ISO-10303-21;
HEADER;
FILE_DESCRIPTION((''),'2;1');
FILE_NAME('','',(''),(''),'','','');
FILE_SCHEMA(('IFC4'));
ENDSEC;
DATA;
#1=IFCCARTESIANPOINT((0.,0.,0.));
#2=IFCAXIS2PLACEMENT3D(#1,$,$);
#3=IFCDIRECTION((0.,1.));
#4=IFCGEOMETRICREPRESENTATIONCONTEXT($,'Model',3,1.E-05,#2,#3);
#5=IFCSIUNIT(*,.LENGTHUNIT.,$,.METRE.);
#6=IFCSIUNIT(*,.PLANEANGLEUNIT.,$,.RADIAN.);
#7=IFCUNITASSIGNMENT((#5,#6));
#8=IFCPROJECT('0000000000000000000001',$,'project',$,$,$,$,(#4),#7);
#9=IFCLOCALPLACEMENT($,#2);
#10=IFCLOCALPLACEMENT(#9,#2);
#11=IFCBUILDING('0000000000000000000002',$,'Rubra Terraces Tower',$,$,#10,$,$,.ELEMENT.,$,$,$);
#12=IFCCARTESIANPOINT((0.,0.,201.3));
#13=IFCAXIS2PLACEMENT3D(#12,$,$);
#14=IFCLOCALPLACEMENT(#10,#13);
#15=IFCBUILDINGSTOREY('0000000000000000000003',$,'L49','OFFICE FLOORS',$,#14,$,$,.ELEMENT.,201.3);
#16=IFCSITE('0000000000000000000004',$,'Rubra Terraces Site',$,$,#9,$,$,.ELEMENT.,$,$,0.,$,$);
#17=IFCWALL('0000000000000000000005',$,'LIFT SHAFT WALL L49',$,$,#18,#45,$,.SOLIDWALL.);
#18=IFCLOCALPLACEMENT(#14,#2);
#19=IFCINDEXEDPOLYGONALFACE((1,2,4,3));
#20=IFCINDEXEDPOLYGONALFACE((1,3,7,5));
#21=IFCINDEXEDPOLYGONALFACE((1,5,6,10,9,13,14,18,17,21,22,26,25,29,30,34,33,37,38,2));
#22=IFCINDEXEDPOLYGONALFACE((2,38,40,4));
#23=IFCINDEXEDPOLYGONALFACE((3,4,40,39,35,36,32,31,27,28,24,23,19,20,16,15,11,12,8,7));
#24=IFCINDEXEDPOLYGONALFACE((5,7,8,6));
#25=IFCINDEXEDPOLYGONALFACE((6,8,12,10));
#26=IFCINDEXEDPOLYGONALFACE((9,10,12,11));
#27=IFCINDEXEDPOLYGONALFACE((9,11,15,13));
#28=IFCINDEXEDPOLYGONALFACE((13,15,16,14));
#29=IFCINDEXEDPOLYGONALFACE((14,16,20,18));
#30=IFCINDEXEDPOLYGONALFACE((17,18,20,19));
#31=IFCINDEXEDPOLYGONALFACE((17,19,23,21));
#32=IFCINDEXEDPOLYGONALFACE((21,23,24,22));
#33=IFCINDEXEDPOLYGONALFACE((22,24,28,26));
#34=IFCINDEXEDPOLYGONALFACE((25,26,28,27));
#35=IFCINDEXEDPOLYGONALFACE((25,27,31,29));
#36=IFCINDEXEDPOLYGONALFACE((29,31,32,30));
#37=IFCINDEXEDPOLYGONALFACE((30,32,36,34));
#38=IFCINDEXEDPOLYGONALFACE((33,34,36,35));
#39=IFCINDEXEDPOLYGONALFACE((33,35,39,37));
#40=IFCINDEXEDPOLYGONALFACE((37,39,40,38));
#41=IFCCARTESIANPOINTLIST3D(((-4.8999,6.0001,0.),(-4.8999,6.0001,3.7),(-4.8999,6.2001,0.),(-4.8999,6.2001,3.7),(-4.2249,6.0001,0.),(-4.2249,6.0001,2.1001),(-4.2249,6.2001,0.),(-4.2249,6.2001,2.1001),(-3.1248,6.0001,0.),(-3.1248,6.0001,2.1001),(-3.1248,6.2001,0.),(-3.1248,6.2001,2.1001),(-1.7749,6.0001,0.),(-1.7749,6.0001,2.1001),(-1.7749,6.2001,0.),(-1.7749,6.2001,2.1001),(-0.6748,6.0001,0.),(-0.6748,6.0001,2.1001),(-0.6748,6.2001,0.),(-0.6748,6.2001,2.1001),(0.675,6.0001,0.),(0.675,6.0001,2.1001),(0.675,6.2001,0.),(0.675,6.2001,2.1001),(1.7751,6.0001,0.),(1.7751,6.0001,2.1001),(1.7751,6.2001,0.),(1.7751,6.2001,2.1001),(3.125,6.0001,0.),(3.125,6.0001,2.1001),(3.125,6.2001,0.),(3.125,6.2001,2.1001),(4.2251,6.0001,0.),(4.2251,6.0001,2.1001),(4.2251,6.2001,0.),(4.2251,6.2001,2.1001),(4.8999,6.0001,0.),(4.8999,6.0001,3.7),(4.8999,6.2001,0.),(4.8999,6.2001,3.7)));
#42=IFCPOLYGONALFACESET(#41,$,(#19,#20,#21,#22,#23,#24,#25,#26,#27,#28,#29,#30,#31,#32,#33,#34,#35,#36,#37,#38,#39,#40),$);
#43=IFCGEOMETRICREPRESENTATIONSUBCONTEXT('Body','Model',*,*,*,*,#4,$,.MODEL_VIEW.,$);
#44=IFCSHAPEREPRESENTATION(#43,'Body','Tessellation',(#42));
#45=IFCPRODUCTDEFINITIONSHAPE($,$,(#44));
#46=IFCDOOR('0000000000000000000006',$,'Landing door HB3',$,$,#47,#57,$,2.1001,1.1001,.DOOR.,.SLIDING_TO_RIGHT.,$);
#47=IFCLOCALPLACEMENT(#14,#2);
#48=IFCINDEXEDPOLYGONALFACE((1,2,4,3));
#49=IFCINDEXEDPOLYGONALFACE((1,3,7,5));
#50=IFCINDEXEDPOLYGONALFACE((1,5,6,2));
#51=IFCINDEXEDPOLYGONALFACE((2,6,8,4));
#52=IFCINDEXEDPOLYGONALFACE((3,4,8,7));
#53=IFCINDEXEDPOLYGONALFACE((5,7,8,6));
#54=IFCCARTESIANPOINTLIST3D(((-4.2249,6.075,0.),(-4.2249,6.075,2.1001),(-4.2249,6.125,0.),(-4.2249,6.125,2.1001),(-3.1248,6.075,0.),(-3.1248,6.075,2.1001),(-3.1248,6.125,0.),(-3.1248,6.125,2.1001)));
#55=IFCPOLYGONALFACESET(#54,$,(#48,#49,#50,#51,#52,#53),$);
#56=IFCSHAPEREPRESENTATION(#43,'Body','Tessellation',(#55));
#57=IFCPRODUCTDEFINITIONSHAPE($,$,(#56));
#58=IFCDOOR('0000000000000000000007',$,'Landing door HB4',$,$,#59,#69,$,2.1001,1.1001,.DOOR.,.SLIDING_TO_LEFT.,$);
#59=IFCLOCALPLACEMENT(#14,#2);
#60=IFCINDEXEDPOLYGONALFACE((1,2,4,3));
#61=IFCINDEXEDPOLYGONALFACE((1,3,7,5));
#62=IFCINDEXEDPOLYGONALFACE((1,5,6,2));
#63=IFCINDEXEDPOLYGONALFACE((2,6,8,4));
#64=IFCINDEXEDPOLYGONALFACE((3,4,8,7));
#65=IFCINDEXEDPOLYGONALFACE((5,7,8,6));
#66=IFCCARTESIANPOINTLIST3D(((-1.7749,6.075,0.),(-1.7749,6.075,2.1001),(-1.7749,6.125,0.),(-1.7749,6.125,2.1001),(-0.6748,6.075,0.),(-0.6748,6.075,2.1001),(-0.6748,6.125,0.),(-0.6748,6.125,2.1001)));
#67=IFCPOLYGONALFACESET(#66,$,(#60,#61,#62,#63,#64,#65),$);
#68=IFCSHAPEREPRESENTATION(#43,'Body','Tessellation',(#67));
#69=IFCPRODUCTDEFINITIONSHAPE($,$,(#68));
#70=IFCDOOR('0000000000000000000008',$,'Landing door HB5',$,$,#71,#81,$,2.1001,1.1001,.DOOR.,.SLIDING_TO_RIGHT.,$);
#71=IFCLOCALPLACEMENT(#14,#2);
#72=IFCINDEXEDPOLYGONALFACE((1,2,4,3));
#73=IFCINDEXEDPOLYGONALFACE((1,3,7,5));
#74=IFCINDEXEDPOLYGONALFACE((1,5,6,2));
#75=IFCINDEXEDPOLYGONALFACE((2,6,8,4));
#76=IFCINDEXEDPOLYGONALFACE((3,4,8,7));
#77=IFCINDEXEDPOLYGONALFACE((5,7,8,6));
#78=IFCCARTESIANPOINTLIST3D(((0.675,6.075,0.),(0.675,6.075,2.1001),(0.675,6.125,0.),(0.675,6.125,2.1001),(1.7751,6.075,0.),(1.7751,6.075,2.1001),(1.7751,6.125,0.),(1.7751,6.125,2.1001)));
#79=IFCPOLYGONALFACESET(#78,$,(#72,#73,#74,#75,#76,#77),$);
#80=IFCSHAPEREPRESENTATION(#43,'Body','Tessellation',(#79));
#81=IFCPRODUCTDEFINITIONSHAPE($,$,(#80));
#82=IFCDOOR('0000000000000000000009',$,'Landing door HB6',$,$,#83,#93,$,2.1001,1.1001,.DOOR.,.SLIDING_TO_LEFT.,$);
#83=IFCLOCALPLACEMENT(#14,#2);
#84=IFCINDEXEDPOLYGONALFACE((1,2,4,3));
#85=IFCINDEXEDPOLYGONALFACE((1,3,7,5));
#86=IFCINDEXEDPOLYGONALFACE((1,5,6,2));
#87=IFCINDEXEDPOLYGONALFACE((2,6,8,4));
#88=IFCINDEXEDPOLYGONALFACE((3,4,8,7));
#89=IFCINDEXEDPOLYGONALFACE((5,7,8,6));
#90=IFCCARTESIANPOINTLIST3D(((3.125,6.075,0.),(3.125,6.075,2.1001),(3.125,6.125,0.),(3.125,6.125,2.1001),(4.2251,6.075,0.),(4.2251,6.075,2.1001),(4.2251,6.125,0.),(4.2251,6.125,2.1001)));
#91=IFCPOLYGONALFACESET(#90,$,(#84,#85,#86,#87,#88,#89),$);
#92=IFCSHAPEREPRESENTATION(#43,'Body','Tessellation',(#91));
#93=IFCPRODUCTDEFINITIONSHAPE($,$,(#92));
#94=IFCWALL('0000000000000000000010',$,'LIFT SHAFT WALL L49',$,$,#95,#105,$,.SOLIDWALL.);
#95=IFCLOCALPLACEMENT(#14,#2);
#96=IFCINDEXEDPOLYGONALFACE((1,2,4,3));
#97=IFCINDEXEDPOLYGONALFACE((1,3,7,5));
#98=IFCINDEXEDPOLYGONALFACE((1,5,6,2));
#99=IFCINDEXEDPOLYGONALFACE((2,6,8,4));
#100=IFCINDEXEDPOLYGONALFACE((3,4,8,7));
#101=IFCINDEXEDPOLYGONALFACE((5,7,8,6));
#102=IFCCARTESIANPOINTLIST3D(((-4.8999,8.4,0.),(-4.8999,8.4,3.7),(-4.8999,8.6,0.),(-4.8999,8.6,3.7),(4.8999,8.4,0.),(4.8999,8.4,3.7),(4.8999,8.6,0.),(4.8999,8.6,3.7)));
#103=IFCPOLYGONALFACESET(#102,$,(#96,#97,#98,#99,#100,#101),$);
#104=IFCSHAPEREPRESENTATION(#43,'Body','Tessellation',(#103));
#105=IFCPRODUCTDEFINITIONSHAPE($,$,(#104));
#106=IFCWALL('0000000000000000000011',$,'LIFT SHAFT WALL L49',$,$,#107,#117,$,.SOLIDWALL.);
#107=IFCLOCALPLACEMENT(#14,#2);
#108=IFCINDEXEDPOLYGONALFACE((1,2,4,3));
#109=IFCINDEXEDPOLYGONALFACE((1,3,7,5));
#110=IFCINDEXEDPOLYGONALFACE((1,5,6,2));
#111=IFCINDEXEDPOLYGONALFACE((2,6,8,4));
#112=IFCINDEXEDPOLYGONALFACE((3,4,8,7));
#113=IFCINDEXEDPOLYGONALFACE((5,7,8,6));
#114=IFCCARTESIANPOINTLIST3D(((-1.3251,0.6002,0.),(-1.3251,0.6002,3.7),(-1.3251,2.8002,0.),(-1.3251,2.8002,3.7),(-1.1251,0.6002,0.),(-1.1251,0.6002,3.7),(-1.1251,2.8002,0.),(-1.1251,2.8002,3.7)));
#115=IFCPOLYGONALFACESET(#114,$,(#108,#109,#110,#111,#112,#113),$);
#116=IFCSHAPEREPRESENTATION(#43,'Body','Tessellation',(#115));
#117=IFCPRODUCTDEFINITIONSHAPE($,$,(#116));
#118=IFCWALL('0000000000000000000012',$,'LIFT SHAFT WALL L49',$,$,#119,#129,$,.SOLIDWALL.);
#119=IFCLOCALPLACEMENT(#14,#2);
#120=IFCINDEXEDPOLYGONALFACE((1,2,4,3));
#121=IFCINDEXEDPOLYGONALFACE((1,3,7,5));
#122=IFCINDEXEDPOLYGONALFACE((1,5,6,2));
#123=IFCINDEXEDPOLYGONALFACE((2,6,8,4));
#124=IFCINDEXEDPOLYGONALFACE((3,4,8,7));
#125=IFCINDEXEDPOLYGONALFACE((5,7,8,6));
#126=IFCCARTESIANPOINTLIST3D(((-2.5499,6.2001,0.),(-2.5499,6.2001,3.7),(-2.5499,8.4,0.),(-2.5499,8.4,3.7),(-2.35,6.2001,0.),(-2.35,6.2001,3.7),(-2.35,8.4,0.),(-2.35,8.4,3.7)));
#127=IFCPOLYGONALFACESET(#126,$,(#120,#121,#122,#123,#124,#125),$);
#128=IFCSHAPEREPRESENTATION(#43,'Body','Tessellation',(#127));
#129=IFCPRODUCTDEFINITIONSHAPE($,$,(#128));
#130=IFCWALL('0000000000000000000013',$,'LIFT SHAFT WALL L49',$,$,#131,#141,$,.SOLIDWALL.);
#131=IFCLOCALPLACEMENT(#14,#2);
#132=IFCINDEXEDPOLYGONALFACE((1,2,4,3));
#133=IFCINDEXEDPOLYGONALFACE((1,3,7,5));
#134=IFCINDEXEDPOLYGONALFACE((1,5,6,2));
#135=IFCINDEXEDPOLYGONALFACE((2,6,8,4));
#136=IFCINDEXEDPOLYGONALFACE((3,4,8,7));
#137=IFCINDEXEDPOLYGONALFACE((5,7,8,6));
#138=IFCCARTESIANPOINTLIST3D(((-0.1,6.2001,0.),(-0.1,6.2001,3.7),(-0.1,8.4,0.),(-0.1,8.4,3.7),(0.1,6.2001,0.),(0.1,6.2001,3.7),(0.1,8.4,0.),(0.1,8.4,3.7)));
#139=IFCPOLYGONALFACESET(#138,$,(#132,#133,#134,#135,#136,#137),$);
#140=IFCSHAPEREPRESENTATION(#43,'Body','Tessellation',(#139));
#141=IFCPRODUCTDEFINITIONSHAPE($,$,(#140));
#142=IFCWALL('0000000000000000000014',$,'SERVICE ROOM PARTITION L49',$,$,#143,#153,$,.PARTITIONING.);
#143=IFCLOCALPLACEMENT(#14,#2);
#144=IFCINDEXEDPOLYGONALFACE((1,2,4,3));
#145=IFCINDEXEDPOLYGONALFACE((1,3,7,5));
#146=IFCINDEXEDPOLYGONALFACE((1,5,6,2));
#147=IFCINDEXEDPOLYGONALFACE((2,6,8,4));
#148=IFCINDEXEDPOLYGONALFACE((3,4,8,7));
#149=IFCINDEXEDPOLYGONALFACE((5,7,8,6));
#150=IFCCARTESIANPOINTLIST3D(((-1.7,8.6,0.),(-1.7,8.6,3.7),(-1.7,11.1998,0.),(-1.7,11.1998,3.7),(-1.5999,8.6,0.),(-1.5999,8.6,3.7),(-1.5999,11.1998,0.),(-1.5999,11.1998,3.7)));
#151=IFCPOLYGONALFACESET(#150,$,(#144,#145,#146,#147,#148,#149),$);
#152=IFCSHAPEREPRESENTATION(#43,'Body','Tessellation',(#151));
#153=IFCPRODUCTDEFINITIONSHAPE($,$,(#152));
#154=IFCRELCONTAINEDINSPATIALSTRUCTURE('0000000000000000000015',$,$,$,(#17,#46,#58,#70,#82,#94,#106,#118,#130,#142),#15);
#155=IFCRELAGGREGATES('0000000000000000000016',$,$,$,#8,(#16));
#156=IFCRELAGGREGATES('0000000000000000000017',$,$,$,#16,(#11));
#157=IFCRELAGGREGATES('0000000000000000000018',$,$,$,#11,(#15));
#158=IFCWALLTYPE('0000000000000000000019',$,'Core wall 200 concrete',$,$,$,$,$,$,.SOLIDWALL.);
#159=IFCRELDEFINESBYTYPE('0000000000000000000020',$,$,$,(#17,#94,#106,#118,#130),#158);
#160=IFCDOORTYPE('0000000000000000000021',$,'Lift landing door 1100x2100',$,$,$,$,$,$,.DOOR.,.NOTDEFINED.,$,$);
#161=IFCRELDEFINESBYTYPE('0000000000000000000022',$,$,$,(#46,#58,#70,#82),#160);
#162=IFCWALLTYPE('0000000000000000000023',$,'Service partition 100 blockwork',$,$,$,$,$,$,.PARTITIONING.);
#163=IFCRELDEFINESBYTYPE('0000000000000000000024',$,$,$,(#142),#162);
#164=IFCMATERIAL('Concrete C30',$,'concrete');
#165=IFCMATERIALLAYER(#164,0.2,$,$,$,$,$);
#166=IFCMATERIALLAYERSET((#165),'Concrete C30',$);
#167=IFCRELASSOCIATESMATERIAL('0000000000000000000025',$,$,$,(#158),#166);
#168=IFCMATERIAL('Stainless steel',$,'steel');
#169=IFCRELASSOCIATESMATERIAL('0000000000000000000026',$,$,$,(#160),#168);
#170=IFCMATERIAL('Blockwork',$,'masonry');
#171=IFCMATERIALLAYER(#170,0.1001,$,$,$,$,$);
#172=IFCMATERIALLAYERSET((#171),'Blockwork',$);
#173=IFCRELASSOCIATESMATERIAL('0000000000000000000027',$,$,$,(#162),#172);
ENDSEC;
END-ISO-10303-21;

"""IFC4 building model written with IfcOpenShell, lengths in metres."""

from ifc_helpers import new_model, si_unit, direction, frame, frame_2d, origin, place, context, subcontext, project, spatial, rectangle, extrude, material, layer, layer_set, type_object, element, fill, save


model = new_model("IFC4")

# Units and contexts
model_context = context("Model", 3, precision=1e-05, world=origin(), true_north=direction((0.0, 1.0)))
body_context = subcontext(model_context, "Body", "Model", "MODEL_VIEW")
ifc_project = project(units=[si_unit("LENGTHUNIT", "METRE"), si_unit("PLANEANGLEUNIT", "RADIAN")], contexts=[model_context])

# Site, building, storey
site_placement = place(None, origin())
site = spatial("IfcSite", under=ifc_project, at=site_placement, Name="Rubra Terraces Site", CompositionType="ELEMENT", RefElevation=0.0)
building_placement = place(site_placement, origin())
building = spatial("IfcBuilding", under=site, at=building_placement, Name="Rubra Terraces Tower", CompositionType="ELEMENT")
storey_placement = place(building_placement, frame((0.0, 0.0, 201.3)))
storey = spatial("IfcBuildingStorey", under=building, at=storey_placement, Name="L49", Description="OFFICE FLOORS", CompositionType="ELEMENT", Elevation=201.3)

# Wall, openings, doors
ifc_material_1 = material(Name="Concrete C30", Category="concrete")
ifc_layer_1 = layer(ifc_material_1, 0.2)
ifc_layer_set_1 = layer_set([ifc_layer_1], Name="Concrete C30")
wall_type_1 = type_object("IfcWallType", Name="Core wall 200 concrete", PredefinedType="SOLIDWALL", material=ifc_layer_set_1)
ifc_material_2 = material(Name="Stainless steel", Category="steel")
door_type_1 = type_object("IfcDoorType", Name="Lift landing door 1100x2100", OperationType="NOTDEFINED", PredefinedType="DOOR", material=ifc_material_2)
wall_1_placement = place(storey_placement, frame((-4.8999, 6.1001, 0.0), z_axis=(0.0, 0.0, 1.0), x_axis=(1.0, 0.0, 0.0)))
wall_1 = element("IfcWall", 1, at=wall_1_placement, inside=storey, type_object=wall_type_1, Name="LIFT SHAFT WALL L49", PredefinedType="SOLIDWALL", context=body_context, shape_type="SweptSolid", body=[
    extrude(rectangle(XDim=9.7998, YDim=0.2, at=frame_2d((4.8999, 0.0))), origin(), (0.0, 0.0, 1.0), 3.7),
])
opening_1_placement = place(wall_1_placement, frame((0.675, 0.0, 0.0)))
opening_1 = element("IfcOpeningElement", 2, at=opening_1_placement, cuts=wall_1, PredefinedType="OPENING", context=body_context, shape_type="SweptSolid", body=[
    extrude(rectangle(XDim=1.1001, YDim=2.1001, at=frame_2d((0.55, 1.05))), frame((0.0, 0.1099, 0.0), z_axis=(0.0, -1.0, 0.0), x_axis=(1.0, 0.0, 0.0)), (0.0, 0.0, 1.0), 0.22),
])
opening_2_placement = place(wall_1_placement, frame((3.125, 0.0, 0.0)))
opening_2 = element("IfcOpeningElement", 3, at=opening_2_placement, cuts=wall_1, PredefinedType="OPENING", context=body_context, shape_type="SweptSolid", body=[
    extrude(rectangle(XDim=1.1001, YDim=2.1001, at=frame_2d((0.55, 1.05))), frame((0.0, 0.1099, 0.0), z_axis=(0.0, -1.0, 0.0), x_axis=(1.0, 0.0, 0.0)), (0.0, 0.0, 1.0), 0.22),
])
opening_3_placement = place(wall_1_placement, frame((5.575, 0.0, 0.0)))
opening_3 = element("IfcOpeningElement", 4, at=opening_3_placement, cuts=wall_1, PredefinedType="OPENING", context=body_context, shape_type="SweptSolid", body=[
    extrude(rectangle(XDim=1.1001, YDim=2.1001, at=frame_2d((0.55, 1.05))), frame((0.0, 0.1099, 0.0), z_axis=(0.0, -1.0, 0.0), x_axis=(1.0, 0.0, 0.0)), (0.0, 0.0, 1.0), 0.22),
])
opening_4_placement = place(wall_1_placement, frame((8.0249, 0.0, 0.0)))
opening_4 = element("IfcOpeningElement", 5, at=opening_4_placement, cuts=wall_1, PredefinedType="OPENING", context=body_context, shape_type="SweptSolid", body=[
    extrude(rectangle(XDim=1.1001, YDim=2.1001, at=frame_2d((0.55, 1.05))), frame((0.0, 0.1099, 0.0), z_axis=(0.0, -1.0, 0.0), x_axis=(1.0, 0.0, 0.0)), (0.0, 0.0, 1.0), 0.22),
])
door_1_placement = place(opening_1_placement, origin())
door_1 = element("IfcDoor", 6, at=door_1_placement, inside=storey, type_object=door_type_1, Name="Landing door HB3", OperationType="SLIDING_TO_RIGHT", OverallHeight=2.1001, OverallWidth=1.1001, PredefinedType="DOOR", context=body_context, shape_type="SweptSolid", body=[
    extrude(rectangle(XDim=1.1001, YDim=2.1001, at=frame_2d((0.55, 1.05))), frame((0.0, 0.0249, 0.0), z_axis=(0.0, -1.0, 0.0), x_axis=(1.0, 0.0, 0.0)), (0.0, 0.0, 1.0), 0.05),
])
fill(opening_1, door_1)
door_2_placement = place(opening_2_placement, origin())
door_2 = element("IfcDoor", 7, at=door_2_placement, inside=storey, type_object=door_type_1, Name="Landing door HB4", OperationType="SLIDING_TO_LEFT", OverallHeight=2.1001, OverallWidth=1.1001, PredefinedType="DOOR", context=body_context, shape_type="SweptSolid", body=[
    extrude(rectangle(XDim=1.1001, YDim=2.1001, at=frame_2d((0.55, 1.05))), frame((0.0, 0.0249, 0.0), z_axis=(0.0, -1.0, 0.0), x_axis=(1.0, 0.0, 0.0)), (0.0, 0.0, 1.0), 0.05),
])
fill(opening_2, door_2)
door_3_placement = place(opening_3_placement, origin())
door_3 = element("IfcDoor", 8, at=door_3_placement, inside=storey, type_object=door_type_1, Name="Landing door HB5", OperationType="SLIDING_TO_RIGHT", OverallHeight=2.1001, OverallWidth=1.1001, PredefinedType="DOOR", context=body_context, shape_type="SweptSolid", body=[
    extrude(rectangle(XDim=1.1001, YDim=2.1001, at=frame_2d((0.55, 1.05))), frame((0.0, 0.0249, 0.0), z_axis=(0.0, -1.0, 0.0), x_axis=(1.0, 0.0, 0.0)), (0.0, 0.0, 1.0), 0.05),
])
fill(opening_3, door_3)
door_4_placement = place(opening_4_placement, origin())
door_4 = element("IfcDoor", 9, at=door_4_placement, inside=storey, type_object=door_type_1, Name="Landing door HB6", OperationType="SLIDING_TO_LEFT", OverallHeight=2.1001, OverallWidth=1.1001, PredefinedType="DOOR", context=body_context, shape_type="SweptSolid", body=[
    extrude(rectangle(XDim=1.1001, YDim=2.1001, at=frame_2d((0.55, 1.05))), frame((0.0, 0.0249, 0.0), z_axis=(0.0, -1.0, 0.0), x_axis=(1.0, 0.0, 0.0)), (0.0, 0.0, 1.0), 0.05),
])
fill(opening_4, door_4)

# Walls
wall_2_placement = place(storey_placement, frame((-4.8999, 8.5, 0.0), z_axis=(0.0, 0.0, 1.0), x_axis=(1.0, 0.0, 0.0)))
element("IfcWall", 10, at=wall_2_placement, inside=storey, type_object=wall_type_1, Name="LIFT SHAFT WALL L49", PredefinedType="SOLIDWALL", context=body_context, shape_type="SweptSolid", body=[
    extrude(rectangle(XDim=9.7998, YDim=0.2, at=frame_2d((4.8999, 0.0))), origin(), (0.0, 0.0, 1.0), 3.7),
])
for number, where, z_axis, x_axis, name in (
    (11, (-1.2251, 0.6001, 0.0), (0.0, 0.0, 1.0), (0.0, 1.0, 0.0), "LIFT SHAFT WALL L49"),
    (12, (-2.45, 6.2, 0.0), (0.0, 0.0, 1.0), (0.0, 1.0, 0.0), "LIFT SHAFT WALL L49"),
    (13, (0.0, 6.2, 0.0), (0.0, 0.0, 1.0), (0.0, 1.0, 0.0), "LIFT SHAFT WALL L49"),
):
    element("IfcWall", number, at=place(storey_placement, frame(where, z_axis=z_axis, x_axis=x_axis)), inside=storey, type_object=wall_type_1, Name=name, PredefinedType="SOLIDWALL", context=body_context, shape_type="SweptSolid", body=[
        extrude(rectangle(XDim=2.2, YDim=0.2, at=frame_2d((1.1001, 0.0))), origin(), (0.0, 0.0, 1.0), 3.7),
    ])
ifc_material_3 = material(Name="Blockwork", Category="masonry")
ifc_layer_2 = layer(ifc_material_3, 0.1001)
ifc_layer_set_2 = layer_set([ifc_layer_2], Name="Blockwork")
wall_type_2 = type_object("IfcWallType", Name="Service partition 100 blockwork", PredefinedType="PARTITIONING", material=ifc_layer_set_2)
wall_3_placement = place(storey_placement, frame((-1.6499, 8.6001, 0.0), z_axis=(0.0, 0.0, 1.0), x_axis=(0.0, 1.0, 0.0)))
element("IfcWall", 14, at=wall_3_placement, inside=storey, type_object=wall_type_2, Name="SERVICE ROOM PARTITION L49", PredefinedType="PARTITIONING", context=body_context, shape_type="SweptSolid", body=[
    extrude(rectangle(XDim=2.5999, YDim=0.1001, at=frame_2d((1.2998, 0.0))), origin(), (0.0, 0.0, 1.0), 3.7),
])

save(model, "model.ifc")
